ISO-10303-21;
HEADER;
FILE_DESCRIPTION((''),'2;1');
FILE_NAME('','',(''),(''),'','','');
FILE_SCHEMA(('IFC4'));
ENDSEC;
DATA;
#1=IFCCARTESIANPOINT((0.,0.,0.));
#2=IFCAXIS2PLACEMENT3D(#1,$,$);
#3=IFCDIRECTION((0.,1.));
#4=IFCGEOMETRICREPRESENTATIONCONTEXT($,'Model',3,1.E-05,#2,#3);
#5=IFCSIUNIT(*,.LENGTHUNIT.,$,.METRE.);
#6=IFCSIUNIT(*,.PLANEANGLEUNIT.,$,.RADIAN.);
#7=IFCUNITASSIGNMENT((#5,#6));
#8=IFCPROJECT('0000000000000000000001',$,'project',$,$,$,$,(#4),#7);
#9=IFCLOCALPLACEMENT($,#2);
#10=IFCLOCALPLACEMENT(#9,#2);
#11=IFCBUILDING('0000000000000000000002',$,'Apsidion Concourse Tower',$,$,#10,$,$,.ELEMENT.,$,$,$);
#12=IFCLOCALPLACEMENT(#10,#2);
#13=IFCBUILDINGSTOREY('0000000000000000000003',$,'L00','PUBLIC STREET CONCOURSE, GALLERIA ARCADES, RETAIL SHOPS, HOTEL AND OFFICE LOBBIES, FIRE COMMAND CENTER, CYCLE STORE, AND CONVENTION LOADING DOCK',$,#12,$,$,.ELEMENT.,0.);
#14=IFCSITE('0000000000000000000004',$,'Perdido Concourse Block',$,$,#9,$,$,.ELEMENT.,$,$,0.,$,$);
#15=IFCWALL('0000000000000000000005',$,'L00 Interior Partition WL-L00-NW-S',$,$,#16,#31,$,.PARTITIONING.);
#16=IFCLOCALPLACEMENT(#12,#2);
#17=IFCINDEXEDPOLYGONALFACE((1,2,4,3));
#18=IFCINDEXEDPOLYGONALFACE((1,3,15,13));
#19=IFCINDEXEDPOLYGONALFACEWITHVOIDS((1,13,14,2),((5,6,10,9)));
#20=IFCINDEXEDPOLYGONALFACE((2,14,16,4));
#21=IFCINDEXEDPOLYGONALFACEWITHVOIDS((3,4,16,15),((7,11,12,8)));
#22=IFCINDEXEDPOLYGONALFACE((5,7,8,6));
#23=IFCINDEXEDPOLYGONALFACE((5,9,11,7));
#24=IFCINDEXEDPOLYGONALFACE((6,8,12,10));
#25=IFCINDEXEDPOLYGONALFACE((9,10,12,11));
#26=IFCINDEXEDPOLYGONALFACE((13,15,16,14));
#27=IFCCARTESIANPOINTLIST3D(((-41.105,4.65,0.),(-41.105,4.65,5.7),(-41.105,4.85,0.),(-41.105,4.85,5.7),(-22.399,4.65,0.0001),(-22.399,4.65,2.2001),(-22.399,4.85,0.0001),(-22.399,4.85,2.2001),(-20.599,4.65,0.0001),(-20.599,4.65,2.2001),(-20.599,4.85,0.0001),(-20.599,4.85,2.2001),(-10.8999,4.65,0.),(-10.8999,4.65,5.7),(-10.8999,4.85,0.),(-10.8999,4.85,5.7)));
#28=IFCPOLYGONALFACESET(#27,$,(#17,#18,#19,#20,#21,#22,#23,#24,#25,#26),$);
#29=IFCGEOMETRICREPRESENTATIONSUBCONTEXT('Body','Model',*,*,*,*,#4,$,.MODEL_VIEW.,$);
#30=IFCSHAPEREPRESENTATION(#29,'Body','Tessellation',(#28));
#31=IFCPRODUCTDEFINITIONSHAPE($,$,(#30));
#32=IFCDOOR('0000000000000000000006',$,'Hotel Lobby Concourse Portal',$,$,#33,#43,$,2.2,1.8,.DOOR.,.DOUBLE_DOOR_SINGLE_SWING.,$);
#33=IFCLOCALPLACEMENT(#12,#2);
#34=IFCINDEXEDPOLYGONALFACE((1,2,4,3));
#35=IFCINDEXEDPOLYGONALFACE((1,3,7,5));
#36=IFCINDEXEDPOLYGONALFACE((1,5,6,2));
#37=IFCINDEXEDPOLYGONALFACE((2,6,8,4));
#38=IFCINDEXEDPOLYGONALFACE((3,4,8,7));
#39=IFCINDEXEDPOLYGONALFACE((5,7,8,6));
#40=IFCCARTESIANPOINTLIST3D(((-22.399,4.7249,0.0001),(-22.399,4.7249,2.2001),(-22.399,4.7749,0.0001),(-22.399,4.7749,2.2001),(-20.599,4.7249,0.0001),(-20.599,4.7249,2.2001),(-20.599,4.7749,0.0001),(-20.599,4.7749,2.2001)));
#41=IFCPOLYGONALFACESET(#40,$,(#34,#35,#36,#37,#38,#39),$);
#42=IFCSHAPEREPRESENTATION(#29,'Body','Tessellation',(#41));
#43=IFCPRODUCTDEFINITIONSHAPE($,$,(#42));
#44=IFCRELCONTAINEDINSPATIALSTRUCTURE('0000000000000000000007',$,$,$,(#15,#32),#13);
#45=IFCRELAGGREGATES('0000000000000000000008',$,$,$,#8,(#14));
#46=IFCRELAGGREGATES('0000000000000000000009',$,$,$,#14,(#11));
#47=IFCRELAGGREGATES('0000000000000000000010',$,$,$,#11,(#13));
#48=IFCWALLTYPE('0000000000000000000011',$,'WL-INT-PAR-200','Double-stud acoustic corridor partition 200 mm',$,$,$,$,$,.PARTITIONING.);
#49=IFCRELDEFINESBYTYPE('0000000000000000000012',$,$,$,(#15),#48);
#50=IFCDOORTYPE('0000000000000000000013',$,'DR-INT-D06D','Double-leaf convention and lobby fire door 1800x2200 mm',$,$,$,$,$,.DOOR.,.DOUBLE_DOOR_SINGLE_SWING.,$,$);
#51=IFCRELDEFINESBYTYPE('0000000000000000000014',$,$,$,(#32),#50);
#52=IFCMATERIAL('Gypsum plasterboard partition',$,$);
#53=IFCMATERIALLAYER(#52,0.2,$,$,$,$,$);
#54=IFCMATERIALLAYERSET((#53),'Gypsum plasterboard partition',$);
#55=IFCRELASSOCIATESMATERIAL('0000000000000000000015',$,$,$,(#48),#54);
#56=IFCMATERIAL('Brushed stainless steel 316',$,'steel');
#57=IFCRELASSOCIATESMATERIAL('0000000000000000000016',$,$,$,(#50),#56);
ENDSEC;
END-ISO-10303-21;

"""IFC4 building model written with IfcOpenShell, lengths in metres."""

from ifc_helpers import new_model, si_unit, direction, frame, frame_2d, origin, place, context, subcontext, project, spatial, rectangle, extrude, material, layer, layer_set, type_object, element, fill, save


model = new_model("IFC4")

# Units and contexts
model_context = context("Model", 3, precision=1e-05, world=origin(), true_north=direction((0.0, 1.0)))
body_context = subcontext(model_context, "Body", "Model", "MODEL_VIEW")
ifc_project = project(units=[si_unit("LENGTHUNIT", "METRE"), si_unit("PLANEANGLEUNIT", "RADIAN")], contexts=[model_context])

# Site, building, storey
site_placement = place(None, origin())
site = spatial("IfcSite", under=ifc_project, at=site_placement, Name="Perdido Concourse Block", CompositionType="ELEMENT", RefElevation=0.0)
building_placement = place(site_placement, origin())
building = spatial("IfcBuilding", under=site, at=building_placement, Name="Apsidion Concourse Tower", CompositionType="ELEMENT")
storey_placement = place(building_placement, origin())
storey = spatial("IfcBuildingStorey", under=building, at=storey_placement, Name="L00", Description="PUBLIC STREET CONCOURSE, GALLERIA ARCADES, RETAIL SHOPS, HOTEL AND OFFICE LOBBIES, FIRE COMMAND CENTER, CYCLE STORE, AND CONVENTION LOADING DOCK", CompositionType="ELEMENT", Elevation=0.0)

# Wall, opening, door
ifc_material_1 = material(Name="Gypsum plasterboard partition")
ifc_layer_1 = layer(ifc_material_1, 0.2)
ifc_layer_set_1 = layer_set([ifc_layer_1], Name="Gypsum plasterboard partition")
wall_type = type_object("IfcWallType", Name="WL-INT-PAR-200", Description="Double-stud acoustic corridor partition 200 mm", PredefinedType="PARTITIONING", material=ifc_layer_set_1)
wall_placement = place(storey_placement, frame((-41.105, 4.75, 0.0), z_axis=(0.0, 0.0, 1.0), x_axis=(1.0, 0.0, 0.0)))
wall = element("IfcWall", 1, at=wall_placement, inside=storey, type_object=wall_type, Name="L00 Interior Partition WL-L00-NW-S", PredefinedType="PARTITIONING", context=body_context, shape_type="SweptSolid", body=[
    extrude(rectangle(XDim=30.2051, YDim=0.2, at=frame_2d((15.1025, 0.0))), origin(), (0.0, 0.0, 1.0), 5.7),
])
opening_placement = place(wall_placement, frame((18.7061, 0.0, 0.0)))
opening = element("IfcOpeningElement", 2, at=opening_placement, cuts=wall, PredefinedType="OPENING", context=body_context, shape_type="SweptSolid", body=[
    extrude(rectangle(XDim=1.8, YDim=2.2, at=frame_2d((0.8999, 1.1001))), frame((0.0, 0.1099, 0.0), z_axis=(0.0, -1.0, 0.0), x_axis=(1.0, 0.0, 0.0)), (0.0, 0.0, 1.0), 0.22),
])
ifc_material_2 = material(Name="Brushed stainless steel 316", Category="steel")
door_type = type_object("IfcDoorType", Name="DR-INT-D06D", Description="Double-leaf convention and lobby fire door 1800x2200 mm", OperationType="DOUBLE_DOOR_SINGLE_SWING", PredefinedType="DOOR", material=ifc_material_2)
door_placement = place(opening_placement, origin())
door = element("IfcDoor", 3, at=door_placement, inside=storey, type_object=door_type, Name="Hotel Lobby Concourse Portal", OperationType="DOUBLE_DOOR_SINGLE_SWING", OverallHeight=2.2, OverallWidth=1.8, PredefinedType="DOOR", context=body_context, shape_type="SweptSolid", body=[
    extrude(rectangle(XDim=1.8, YDim=2.2, at=frame_2d((0.8999, 1.1001))), frame((0.0, 0.0249, 0.0), z_axis=(0.0, -1.0, 0.0), x_axis=(1.0, 0.0, 0.0)), (0.0, 0.0, 1.0), 0.05),
])
fill(opening, door)

save(model, "model.ifc")
